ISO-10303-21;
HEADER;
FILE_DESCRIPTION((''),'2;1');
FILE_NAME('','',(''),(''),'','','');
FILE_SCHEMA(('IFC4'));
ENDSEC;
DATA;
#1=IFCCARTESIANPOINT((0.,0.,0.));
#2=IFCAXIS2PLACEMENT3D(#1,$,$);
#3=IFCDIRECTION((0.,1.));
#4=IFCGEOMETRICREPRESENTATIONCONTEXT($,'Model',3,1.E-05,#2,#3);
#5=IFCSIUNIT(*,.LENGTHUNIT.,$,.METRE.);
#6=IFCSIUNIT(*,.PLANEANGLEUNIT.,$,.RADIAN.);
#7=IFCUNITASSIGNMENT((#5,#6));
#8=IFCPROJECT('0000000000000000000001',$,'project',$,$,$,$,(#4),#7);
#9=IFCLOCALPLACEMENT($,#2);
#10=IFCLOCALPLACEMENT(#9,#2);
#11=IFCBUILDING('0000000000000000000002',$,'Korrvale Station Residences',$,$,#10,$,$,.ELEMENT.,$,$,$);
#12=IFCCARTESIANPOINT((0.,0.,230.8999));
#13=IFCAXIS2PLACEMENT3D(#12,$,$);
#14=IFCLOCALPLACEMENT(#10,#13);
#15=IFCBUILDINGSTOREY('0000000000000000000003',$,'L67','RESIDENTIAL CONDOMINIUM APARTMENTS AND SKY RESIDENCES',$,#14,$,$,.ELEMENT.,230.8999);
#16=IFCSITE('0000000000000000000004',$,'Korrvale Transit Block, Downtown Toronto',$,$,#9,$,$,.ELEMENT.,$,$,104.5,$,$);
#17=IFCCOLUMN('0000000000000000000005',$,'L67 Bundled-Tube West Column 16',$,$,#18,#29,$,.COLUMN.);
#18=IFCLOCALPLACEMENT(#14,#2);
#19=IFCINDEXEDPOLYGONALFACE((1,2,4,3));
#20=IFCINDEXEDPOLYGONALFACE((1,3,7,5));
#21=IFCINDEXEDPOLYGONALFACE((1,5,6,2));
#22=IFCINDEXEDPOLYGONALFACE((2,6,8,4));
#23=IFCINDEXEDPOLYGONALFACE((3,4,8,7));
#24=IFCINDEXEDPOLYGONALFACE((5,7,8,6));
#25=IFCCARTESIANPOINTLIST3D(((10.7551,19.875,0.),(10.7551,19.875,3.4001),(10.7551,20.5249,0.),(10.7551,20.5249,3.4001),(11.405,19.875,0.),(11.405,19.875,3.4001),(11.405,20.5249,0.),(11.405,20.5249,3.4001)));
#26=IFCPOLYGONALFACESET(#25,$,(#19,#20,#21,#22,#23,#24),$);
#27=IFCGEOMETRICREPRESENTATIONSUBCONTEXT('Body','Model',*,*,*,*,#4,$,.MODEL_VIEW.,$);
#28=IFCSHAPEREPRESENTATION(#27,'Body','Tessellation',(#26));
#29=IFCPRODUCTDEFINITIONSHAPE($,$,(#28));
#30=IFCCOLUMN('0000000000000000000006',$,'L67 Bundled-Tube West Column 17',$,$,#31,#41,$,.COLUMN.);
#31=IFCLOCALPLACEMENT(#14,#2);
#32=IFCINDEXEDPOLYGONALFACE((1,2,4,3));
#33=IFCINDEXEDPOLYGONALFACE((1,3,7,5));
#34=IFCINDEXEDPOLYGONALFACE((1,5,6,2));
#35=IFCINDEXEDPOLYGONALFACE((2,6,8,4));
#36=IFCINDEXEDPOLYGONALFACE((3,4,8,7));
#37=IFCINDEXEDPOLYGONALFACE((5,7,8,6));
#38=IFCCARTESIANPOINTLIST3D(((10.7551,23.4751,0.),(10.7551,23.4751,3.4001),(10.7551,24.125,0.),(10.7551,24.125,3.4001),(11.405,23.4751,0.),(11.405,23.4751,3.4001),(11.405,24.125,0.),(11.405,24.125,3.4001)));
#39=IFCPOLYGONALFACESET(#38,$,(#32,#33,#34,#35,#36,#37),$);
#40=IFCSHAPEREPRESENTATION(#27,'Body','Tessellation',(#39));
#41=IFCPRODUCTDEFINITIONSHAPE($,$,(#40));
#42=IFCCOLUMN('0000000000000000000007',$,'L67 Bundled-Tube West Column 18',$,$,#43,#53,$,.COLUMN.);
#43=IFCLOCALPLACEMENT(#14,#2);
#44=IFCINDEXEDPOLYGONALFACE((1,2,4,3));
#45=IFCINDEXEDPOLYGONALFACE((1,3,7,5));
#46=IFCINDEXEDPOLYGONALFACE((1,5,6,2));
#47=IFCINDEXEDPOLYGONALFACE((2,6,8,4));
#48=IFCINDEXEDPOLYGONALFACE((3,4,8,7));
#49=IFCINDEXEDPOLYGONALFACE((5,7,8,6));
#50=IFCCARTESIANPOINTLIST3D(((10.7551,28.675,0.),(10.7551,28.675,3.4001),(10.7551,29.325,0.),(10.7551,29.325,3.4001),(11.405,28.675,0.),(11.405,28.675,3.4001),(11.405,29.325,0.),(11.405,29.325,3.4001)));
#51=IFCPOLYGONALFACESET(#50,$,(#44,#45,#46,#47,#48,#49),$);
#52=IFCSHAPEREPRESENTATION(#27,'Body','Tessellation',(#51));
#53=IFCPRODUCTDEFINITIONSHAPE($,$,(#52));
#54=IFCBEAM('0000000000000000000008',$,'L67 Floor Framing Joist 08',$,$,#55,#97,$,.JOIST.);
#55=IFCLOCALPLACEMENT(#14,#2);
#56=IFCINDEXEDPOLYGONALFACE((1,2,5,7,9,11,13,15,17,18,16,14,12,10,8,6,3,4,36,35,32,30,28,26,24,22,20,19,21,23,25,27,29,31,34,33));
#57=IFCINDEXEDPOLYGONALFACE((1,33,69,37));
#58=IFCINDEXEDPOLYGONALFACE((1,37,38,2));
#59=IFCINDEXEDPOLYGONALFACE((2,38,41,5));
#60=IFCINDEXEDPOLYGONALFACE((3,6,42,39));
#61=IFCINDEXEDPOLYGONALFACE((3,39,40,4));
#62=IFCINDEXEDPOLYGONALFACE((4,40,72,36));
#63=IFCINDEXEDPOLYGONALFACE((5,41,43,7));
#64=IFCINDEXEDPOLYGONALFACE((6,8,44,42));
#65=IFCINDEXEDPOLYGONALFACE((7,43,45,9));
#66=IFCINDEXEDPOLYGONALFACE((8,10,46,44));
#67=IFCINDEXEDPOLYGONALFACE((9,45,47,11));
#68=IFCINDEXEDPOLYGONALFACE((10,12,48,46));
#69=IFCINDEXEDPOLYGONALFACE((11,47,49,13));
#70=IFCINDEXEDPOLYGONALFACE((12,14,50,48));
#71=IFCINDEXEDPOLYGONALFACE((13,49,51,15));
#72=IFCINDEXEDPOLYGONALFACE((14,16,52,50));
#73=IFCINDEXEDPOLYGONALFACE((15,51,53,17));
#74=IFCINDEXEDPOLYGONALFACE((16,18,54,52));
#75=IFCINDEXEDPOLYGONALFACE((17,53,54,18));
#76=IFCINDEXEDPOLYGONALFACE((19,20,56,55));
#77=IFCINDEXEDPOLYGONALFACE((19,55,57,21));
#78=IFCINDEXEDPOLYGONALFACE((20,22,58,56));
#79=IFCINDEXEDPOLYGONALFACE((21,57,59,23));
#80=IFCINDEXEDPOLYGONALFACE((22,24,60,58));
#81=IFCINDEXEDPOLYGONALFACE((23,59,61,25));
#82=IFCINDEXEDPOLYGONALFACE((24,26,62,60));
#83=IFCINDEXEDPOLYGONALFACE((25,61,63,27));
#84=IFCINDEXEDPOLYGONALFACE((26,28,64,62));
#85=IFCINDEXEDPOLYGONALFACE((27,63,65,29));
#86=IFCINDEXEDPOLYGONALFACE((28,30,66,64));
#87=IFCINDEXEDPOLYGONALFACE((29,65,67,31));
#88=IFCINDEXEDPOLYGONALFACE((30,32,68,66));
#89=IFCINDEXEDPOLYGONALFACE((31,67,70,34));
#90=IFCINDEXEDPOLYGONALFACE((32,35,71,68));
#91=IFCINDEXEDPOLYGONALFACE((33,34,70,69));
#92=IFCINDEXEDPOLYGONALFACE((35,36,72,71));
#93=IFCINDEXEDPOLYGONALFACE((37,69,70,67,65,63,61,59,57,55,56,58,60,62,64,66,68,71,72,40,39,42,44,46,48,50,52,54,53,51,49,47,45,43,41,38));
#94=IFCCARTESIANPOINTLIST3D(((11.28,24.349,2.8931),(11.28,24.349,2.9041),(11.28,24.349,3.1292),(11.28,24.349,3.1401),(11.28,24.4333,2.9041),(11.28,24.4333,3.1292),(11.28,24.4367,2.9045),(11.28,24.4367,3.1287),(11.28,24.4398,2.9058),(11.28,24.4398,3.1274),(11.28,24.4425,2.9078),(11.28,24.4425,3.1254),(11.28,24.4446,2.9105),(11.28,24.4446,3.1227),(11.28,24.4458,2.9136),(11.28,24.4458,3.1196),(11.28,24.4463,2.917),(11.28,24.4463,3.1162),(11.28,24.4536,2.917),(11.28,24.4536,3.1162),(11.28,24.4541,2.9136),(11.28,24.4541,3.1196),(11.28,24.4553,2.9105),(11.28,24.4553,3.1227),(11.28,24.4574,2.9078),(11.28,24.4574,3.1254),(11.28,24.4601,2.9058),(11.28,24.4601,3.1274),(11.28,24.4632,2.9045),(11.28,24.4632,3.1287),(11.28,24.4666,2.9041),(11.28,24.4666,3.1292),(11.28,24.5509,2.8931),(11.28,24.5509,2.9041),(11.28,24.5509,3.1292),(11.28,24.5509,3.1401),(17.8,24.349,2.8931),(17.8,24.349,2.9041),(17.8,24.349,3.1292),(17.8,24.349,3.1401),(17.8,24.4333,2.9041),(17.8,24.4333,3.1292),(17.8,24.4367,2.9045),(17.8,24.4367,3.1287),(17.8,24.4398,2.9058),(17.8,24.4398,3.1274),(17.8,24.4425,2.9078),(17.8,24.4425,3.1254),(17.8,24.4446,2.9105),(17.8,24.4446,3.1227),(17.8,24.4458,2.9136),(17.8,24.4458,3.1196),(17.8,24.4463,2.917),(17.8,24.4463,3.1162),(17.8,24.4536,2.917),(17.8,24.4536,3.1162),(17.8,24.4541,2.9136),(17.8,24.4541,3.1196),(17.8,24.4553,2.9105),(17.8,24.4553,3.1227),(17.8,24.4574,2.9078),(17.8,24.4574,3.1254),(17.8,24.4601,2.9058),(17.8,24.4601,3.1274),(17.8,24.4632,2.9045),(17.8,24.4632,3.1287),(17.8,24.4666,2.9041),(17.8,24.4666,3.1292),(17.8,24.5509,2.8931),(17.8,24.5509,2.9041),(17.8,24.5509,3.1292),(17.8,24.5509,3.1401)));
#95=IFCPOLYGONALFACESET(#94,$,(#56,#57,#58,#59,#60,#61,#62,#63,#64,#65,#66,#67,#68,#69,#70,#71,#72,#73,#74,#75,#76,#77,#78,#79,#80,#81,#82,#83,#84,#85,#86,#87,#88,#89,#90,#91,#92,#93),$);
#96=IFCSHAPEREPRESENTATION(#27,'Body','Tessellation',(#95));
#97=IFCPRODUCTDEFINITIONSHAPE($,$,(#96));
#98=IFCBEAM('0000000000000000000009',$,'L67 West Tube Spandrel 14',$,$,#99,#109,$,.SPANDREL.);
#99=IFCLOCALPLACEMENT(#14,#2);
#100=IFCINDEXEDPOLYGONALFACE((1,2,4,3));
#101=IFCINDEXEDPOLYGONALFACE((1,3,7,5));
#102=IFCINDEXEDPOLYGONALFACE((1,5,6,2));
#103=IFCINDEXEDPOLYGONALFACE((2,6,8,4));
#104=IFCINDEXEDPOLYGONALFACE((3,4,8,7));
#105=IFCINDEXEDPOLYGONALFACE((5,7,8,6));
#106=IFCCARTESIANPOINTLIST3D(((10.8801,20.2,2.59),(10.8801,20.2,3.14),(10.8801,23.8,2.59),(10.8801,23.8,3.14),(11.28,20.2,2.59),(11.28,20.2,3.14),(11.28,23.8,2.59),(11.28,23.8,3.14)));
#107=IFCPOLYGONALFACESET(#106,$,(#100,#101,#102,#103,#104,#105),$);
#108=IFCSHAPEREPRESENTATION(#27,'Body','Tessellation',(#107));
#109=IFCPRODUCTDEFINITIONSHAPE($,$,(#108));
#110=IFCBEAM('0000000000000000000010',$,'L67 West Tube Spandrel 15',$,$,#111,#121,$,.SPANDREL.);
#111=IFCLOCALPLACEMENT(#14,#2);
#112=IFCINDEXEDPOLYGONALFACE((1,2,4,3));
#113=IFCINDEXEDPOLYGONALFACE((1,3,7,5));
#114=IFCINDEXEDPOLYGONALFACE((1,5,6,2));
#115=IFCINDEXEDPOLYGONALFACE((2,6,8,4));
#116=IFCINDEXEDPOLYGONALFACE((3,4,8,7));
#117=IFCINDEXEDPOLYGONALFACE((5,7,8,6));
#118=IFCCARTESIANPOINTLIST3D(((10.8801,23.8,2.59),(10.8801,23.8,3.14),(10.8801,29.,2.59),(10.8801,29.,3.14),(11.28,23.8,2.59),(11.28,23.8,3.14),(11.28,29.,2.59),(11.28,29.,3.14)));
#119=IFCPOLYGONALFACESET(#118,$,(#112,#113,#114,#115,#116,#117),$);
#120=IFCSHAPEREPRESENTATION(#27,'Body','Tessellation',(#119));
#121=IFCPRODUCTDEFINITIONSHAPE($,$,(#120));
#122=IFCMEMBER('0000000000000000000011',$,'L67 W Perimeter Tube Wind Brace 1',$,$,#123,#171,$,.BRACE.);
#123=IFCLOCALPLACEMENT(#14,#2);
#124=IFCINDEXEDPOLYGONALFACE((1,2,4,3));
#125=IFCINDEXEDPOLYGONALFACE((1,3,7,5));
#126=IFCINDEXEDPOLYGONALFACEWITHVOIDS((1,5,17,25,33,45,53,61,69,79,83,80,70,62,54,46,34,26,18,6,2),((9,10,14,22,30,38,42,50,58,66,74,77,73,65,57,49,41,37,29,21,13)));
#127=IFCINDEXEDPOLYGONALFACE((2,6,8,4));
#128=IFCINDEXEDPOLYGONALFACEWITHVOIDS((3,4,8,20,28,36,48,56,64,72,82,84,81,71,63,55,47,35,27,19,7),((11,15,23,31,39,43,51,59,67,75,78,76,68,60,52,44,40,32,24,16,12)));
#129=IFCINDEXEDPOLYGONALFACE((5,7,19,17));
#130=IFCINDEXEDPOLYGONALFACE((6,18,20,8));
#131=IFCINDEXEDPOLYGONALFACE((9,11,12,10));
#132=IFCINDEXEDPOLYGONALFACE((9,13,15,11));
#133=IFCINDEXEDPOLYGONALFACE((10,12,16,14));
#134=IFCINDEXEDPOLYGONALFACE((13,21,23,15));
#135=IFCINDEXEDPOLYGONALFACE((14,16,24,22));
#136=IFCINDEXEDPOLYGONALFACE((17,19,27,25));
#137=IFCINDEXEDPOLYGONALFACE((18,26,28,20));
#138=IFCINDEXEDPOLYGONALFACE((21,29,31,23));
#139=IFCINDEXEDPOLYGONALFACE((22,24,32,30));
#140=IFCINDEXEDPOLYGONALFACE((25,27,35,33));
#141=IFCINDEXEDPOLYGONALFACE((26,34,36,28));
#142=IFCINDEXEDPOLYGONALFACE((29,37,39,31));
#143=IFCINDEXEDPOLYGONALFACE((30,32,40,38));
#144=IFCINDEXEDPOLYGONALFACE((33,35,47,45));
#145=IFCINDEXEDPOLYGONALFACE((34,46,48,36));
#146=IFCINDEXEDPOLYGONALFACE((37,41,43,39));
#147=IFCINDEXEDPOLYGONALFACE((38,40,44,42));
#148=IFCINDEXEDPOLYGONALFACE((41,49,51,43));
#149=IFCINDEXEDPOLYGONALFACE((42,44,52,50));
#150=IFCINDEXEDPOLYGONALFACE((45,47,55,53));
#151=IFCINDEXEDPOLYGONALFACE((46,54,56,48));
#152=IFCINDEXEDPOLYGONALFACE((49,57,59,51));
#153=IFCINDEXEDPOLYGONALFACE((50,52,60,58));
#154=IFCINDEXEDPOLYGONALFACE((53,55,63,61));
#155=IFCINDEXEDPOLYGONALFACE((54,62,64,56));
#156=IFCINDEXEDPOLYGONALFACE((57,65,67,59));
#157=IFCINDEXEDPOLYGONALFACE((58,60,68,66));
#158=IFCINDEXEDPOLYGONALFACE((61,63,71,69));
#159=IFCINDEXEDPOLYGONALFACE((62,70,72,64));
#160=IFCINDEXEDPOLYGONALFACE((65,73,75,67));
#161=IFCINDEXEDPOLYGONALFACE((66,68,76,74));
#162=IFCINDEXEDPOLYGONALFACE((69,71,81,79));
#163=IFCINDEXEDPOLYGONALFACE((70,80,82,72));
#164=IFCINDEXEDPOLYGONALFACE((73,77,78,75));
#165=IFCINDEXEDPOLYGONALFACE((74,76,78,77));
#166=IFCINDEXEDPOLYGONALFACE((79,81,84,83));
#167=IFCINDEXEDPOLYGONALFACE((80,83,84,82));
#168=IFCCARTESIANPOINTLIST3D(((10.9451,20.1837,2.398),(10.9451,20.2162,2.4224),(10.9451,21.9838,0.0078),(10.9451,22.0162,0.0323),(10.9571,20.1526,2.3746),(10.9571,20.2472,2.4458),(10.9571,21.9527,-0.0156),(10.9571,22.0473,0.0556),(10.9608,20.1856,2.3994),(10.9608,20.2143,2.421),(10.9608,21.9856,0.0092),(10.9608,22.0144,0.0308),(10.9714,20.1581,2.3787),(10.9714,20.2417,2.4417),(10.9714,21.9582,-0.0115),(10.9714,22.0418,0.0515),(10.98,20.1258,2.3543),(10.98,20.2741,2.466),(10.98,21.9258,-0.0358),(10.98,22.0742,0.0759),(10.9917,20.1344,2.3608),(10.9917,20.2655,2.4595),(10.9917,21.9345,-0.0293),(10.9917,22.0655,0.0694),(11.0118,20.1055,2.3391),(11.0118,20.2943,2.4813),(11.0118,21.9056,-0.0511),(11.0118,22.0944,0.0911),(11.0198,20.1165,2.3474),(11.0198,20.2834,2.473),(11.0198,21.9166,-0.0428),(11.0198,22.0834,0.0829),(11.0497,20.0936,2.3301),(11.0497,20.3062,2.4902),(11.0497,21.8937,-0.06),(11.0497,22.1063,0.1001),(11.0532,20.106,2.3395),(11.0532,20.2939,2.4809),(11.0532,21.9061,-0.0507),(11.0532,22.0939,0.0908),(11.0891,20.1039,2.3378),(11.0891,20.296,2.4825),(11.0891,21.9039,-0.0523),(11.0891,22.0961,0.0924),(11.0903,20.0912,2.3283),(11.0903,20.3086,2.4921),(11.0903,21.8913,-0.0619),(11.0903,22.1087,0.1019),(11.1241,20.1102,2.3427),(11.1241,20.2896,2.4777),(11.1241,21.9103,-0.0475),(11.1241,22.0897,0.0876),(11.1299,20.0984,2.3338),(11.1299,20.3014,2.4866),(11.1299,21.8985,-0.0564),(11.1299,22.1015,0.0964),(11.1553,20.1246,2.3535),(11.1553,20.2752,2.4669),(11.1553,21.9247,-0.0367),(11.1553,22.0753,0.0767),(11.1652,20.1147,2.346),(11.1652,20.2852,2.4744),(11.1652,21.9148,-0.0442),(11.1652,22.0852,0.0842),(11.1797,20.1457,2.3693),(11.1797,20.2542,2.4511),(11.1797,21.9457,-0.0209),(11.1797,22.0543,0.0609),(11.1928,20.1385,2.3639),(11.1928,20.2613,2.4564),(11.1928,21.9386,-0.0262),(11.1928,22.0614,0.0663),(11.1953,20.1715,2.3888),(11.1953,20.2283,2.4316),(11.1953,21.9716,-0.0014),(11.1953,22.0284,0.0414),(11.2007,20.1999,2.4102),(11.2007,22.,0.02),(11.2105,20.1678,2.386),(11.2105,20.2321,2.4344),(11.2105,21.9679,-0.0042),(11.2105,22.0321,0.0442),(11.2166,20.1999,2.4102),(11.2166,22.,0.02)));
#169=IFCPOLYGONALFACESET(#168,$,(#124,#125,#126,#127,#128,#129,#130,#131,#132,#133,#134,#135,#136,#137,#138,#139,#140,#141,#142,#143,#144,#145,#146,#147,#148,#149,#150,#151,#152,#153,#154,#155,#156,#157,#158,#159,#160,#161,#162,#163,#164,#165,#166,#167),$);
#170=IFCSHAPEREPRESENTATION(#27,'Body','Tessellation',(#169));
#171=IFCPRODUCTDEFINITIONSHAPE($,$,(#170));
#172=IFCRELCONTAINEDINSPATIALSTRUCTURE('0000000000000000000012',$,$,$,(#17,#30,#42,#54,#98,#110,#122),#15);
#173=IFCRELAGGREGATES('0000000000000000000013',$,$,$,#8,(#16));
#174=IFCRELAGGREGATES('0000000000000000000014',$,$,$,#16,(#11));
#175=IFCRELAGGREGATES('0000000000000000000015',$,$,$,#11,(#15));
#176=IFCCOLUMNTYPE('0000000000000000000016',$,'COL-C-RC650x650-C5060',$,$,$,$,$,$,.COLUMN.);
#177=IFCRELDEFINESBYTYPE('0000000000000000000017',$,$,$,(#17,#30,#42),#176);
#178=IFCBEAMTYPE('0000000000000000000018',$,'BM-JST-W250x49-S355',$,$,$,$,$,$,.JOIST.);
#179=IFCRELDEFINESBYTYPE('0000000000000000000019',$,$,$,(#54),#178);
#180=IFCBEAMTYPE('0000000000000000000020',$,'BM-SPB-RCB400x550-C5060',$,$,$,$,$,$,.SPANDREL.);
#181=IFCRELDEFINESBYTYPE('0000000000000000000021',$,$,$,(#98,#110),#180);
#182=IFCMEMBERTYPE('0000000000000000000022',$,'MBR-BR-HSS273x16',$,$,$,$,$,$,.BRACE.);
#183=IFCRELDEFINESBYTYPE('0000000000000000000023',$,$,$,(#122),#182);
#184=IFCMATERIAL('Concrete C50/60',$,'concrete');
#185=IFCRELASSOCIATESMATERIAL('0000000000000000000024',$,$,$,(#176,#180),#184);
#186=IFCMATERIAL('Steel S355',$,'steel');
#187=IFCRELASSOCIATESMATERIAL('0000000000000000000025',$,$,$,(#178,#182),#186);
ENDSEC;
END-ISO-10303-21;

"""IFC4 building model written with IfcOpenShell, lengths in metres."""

from ifc_helpers import new_model, si_unit, direction, frame, origin, origin_2d, place, context, subcontext, project, spatial, rectangle, hollow_circle, i_section, extrude, material, material_profile, profile_set, type_object, element, save


model = new_model("IFC4")

# Units and contexts
model_context = context("Model", 3, precision=1e-05, world=origin(), true_north=direction((0.0, 1.0)))
body_context = subcontext(model_context, "Body", "Model", "MODEL_VIEW")
ifc_project = project(units=[si_unit("LENGTHUNIT", "METRE"), si_unit("PLANEANGLEUNIT", "RADIAN")], contexts=[model_context])

# Site, building, storey
site_placement = place(None, origin())
site = spatial("IfcSite", under=ifc_project, at=site_placement, Name="Korrvale Transit Block, Downtown Toronto", CompositionType="ELEMENT", RefElevation=104.5)
building_placement = place(site_placement, origin())
building = spatial("IfcBuilding", under=site, at=building_placement, Name="Korrvale Station Residences", CompositionType="ELEMENT")
storey_placement = place(building_placement, frame((0.0, 0.0, 230.8999)))
storey = spatial("IfcBuildingStorey", under=building, at=storey_placement, Name="L67", Description="RESIDENTIAL CONDOMINIUM APARTMENTS AND SKY RESIDENCES", CompositionType="ELEMENT", Elevation=230.8999)

# Columns
ifc_material_1 = material(Name="Concrete C50/60", Category="concrete")
ifc_material_profile_1 = material_profile(ifc_material_1, rectangle(XDim=0.6499, YDim=0.6499, at=origin_2d()), Name="RC650x650")
ifc_profile_set_1 = profile_set([ifc_material_profile_1], Name="Concrete C50/60")
column_type = type_object("IfcColumnType", Name="COL-C-RC650x650-C5060", PredefinedType="COLUMN", material=ifc_profile_set_1)
for number, where, z_axis, x_axis, name in (
    (1, (11.0801, 20.2, 0.0), (0.0, 0.0, 1.0), (1.0, 0.0, 0.0), "L67 Bundled-Tube West Column 16"),
    (2, (11.0801, 23.8, 0.0), (0.0, 0.0, 1.0), (1.0, 0.0, 0.0), "L67 Bundled-Tube West Column 17"),
    (3, (11.0801, 29.0, 0.0), (0.0, 0.0, 1.0), (1.0, 0.0, 0.0), "L67 Bundled-Tube West Column 18"),
):
    element("IfcColumn", number, at=place(storey_placement, frame(where, z_axis=z_axis, x_axis=x_axis)), inside=storey, type_object=column_type, Name=name, PredefinedType="COLUMN", context=body_context, shape_type="SweptSolid", body=[
        extrude(rectangle(XDim=0.6499, YDim=0.6499, at=origin_2d()), origin(), (0.0, 0.0, 1.0), 3.4001),
    ])

# Beams
ifc_material_2 = material(Name="Steel S355", Category="steel")
ifc_material_profile_2 = material_profile(ifc_material_2, i_section(OverallWidth=0.2019, OverallDepth=0.2471, WebThickness=0.0073, FlangeThickness=0.011, FilletRadius=0.0129, at=origin_2d()), Name="W250x49")
ifc_profile_set_2 = profile_set([ifc_material_profile_2], Name="Steel S355")
beam_type_1 = type_object("IfcBeamType", Name="BM-JST-W250x49-S355", PredefinedType="JOIST", material=ifc_profile_set_2)
beam_1_placement = place(storey_placement, frame((11.28, 24.45, 3.0166), z_axis=(1.0, 0.0, 0.0), x_axis=(0.0, 1.0, 0.0)))
element("IfcBeam", 4, at=beam_1_placement, inside=storey, type_object=beam_type_1, Name="L67 Floor Framing Joist 08", PredefinedType="JOIST", context=body_context, shape_type="SweptSolid", body=[
    extrude(i_section(OverallWidth=0.2019, OverallDepth=0.2471, WebThickness=0.0073, FlangeThickness=0.011, FilletRadius=0.0129, at=origin_2d()), origin(), (0.0, 0.0, 1.0), 6.52),
])
ifc_material_profile_3 = material_profile(ifc_material_1, rectangle(XDim=0.3999, YDim=0.55, at=origin_2d()), Name="RCB400x550")
ifc_profile_set_3 = profile_set([ifc_material_profile_3], Name="Concrete C50/60")
beam_type_2 = type_object("IfcBeamType", Name="BM-SPB-RCB400x550-C5060", PredefinedType="SPANDREL", material=ifc_profile_set_3)
beam_2_placement = place(storey_placement, frame((11.0801, 20.2, 2.865), z_axis=(0.0, 1.0, 0.0), x_axis=(-1.0, 0.0, 0.0)))
element("IfcBeam", 5, at=beam_2_placement, inside=storey, type_object=beam_type_2, Name="L67 West Tube Spandrel 14", PredefinedType="SPANDREL", context=body_context, shape_type="SweptSolid", body=[
    extrude(rectangle(XDim=0.3999, YDim=0.55, at=origin_2d()), origin(), (0.0, 0.0, 1.0), 3.6001),
])
beam_3_placement = place(storey_placement, frame((11.0801, 23.8, 2.865), z_axis=(0.0, 1.0, 0.0), x_axis=(-1.0, 0.0, 0.0)))
element("IfcBeam", 6, at=beam_3_placement, inside=storey, type_object=beam_type_2, Name="L67 West Tube Spandrel 15", PredefinedType="SPANDREL", context=body_context, shape_type="SweptSolid", body=[
    extrude(rectangle(XDim=0.3999, YDim=0.55, at=origin_2d()), origin(), (0.0, 0.0, 1.0), 5.2),
])

# Member
ifc_material_profile_4 = material_profile(ifc_material_2, hollow_circle(Radius=0.1365, WallThickness=0.0159, at=origin_2d()), Name="HSS273x16")
ifc_profile_set_4 = profile_set([ifc_material_profile_4], Name="Steel S355")
member_type = type_object("IfcMemberType", Name="MBR-BR-HSS273x16", PredefinedType="BRACE", material=ifc_profile_set_4)
for number, where, z_axis, x_axis, name in (
    (7, (11.0801, 22.0, 0.02), (0.0, -0.601592, 0.798804), (1.0, 0.0, 0.0), "L67 W Perimeter Tube Wind Brace 1"),
):
    element("IfcMember", number, at=place(storey_placement, frame(where, z_axis=z_axis, x_axis=x_axis)), inside=storey, type_object=member_type, Name=name, PredefinedType="BRACE", context=body_context, shape_type="SweptSolid", body=[
        extrude(hollow_circle(Radius=0.1365, WallThickness=0.0159, at=origin_2d()), origin(), (0.0, 0.0, 1.0), 2.9922),
    ])

save(model, "model.ifc")
